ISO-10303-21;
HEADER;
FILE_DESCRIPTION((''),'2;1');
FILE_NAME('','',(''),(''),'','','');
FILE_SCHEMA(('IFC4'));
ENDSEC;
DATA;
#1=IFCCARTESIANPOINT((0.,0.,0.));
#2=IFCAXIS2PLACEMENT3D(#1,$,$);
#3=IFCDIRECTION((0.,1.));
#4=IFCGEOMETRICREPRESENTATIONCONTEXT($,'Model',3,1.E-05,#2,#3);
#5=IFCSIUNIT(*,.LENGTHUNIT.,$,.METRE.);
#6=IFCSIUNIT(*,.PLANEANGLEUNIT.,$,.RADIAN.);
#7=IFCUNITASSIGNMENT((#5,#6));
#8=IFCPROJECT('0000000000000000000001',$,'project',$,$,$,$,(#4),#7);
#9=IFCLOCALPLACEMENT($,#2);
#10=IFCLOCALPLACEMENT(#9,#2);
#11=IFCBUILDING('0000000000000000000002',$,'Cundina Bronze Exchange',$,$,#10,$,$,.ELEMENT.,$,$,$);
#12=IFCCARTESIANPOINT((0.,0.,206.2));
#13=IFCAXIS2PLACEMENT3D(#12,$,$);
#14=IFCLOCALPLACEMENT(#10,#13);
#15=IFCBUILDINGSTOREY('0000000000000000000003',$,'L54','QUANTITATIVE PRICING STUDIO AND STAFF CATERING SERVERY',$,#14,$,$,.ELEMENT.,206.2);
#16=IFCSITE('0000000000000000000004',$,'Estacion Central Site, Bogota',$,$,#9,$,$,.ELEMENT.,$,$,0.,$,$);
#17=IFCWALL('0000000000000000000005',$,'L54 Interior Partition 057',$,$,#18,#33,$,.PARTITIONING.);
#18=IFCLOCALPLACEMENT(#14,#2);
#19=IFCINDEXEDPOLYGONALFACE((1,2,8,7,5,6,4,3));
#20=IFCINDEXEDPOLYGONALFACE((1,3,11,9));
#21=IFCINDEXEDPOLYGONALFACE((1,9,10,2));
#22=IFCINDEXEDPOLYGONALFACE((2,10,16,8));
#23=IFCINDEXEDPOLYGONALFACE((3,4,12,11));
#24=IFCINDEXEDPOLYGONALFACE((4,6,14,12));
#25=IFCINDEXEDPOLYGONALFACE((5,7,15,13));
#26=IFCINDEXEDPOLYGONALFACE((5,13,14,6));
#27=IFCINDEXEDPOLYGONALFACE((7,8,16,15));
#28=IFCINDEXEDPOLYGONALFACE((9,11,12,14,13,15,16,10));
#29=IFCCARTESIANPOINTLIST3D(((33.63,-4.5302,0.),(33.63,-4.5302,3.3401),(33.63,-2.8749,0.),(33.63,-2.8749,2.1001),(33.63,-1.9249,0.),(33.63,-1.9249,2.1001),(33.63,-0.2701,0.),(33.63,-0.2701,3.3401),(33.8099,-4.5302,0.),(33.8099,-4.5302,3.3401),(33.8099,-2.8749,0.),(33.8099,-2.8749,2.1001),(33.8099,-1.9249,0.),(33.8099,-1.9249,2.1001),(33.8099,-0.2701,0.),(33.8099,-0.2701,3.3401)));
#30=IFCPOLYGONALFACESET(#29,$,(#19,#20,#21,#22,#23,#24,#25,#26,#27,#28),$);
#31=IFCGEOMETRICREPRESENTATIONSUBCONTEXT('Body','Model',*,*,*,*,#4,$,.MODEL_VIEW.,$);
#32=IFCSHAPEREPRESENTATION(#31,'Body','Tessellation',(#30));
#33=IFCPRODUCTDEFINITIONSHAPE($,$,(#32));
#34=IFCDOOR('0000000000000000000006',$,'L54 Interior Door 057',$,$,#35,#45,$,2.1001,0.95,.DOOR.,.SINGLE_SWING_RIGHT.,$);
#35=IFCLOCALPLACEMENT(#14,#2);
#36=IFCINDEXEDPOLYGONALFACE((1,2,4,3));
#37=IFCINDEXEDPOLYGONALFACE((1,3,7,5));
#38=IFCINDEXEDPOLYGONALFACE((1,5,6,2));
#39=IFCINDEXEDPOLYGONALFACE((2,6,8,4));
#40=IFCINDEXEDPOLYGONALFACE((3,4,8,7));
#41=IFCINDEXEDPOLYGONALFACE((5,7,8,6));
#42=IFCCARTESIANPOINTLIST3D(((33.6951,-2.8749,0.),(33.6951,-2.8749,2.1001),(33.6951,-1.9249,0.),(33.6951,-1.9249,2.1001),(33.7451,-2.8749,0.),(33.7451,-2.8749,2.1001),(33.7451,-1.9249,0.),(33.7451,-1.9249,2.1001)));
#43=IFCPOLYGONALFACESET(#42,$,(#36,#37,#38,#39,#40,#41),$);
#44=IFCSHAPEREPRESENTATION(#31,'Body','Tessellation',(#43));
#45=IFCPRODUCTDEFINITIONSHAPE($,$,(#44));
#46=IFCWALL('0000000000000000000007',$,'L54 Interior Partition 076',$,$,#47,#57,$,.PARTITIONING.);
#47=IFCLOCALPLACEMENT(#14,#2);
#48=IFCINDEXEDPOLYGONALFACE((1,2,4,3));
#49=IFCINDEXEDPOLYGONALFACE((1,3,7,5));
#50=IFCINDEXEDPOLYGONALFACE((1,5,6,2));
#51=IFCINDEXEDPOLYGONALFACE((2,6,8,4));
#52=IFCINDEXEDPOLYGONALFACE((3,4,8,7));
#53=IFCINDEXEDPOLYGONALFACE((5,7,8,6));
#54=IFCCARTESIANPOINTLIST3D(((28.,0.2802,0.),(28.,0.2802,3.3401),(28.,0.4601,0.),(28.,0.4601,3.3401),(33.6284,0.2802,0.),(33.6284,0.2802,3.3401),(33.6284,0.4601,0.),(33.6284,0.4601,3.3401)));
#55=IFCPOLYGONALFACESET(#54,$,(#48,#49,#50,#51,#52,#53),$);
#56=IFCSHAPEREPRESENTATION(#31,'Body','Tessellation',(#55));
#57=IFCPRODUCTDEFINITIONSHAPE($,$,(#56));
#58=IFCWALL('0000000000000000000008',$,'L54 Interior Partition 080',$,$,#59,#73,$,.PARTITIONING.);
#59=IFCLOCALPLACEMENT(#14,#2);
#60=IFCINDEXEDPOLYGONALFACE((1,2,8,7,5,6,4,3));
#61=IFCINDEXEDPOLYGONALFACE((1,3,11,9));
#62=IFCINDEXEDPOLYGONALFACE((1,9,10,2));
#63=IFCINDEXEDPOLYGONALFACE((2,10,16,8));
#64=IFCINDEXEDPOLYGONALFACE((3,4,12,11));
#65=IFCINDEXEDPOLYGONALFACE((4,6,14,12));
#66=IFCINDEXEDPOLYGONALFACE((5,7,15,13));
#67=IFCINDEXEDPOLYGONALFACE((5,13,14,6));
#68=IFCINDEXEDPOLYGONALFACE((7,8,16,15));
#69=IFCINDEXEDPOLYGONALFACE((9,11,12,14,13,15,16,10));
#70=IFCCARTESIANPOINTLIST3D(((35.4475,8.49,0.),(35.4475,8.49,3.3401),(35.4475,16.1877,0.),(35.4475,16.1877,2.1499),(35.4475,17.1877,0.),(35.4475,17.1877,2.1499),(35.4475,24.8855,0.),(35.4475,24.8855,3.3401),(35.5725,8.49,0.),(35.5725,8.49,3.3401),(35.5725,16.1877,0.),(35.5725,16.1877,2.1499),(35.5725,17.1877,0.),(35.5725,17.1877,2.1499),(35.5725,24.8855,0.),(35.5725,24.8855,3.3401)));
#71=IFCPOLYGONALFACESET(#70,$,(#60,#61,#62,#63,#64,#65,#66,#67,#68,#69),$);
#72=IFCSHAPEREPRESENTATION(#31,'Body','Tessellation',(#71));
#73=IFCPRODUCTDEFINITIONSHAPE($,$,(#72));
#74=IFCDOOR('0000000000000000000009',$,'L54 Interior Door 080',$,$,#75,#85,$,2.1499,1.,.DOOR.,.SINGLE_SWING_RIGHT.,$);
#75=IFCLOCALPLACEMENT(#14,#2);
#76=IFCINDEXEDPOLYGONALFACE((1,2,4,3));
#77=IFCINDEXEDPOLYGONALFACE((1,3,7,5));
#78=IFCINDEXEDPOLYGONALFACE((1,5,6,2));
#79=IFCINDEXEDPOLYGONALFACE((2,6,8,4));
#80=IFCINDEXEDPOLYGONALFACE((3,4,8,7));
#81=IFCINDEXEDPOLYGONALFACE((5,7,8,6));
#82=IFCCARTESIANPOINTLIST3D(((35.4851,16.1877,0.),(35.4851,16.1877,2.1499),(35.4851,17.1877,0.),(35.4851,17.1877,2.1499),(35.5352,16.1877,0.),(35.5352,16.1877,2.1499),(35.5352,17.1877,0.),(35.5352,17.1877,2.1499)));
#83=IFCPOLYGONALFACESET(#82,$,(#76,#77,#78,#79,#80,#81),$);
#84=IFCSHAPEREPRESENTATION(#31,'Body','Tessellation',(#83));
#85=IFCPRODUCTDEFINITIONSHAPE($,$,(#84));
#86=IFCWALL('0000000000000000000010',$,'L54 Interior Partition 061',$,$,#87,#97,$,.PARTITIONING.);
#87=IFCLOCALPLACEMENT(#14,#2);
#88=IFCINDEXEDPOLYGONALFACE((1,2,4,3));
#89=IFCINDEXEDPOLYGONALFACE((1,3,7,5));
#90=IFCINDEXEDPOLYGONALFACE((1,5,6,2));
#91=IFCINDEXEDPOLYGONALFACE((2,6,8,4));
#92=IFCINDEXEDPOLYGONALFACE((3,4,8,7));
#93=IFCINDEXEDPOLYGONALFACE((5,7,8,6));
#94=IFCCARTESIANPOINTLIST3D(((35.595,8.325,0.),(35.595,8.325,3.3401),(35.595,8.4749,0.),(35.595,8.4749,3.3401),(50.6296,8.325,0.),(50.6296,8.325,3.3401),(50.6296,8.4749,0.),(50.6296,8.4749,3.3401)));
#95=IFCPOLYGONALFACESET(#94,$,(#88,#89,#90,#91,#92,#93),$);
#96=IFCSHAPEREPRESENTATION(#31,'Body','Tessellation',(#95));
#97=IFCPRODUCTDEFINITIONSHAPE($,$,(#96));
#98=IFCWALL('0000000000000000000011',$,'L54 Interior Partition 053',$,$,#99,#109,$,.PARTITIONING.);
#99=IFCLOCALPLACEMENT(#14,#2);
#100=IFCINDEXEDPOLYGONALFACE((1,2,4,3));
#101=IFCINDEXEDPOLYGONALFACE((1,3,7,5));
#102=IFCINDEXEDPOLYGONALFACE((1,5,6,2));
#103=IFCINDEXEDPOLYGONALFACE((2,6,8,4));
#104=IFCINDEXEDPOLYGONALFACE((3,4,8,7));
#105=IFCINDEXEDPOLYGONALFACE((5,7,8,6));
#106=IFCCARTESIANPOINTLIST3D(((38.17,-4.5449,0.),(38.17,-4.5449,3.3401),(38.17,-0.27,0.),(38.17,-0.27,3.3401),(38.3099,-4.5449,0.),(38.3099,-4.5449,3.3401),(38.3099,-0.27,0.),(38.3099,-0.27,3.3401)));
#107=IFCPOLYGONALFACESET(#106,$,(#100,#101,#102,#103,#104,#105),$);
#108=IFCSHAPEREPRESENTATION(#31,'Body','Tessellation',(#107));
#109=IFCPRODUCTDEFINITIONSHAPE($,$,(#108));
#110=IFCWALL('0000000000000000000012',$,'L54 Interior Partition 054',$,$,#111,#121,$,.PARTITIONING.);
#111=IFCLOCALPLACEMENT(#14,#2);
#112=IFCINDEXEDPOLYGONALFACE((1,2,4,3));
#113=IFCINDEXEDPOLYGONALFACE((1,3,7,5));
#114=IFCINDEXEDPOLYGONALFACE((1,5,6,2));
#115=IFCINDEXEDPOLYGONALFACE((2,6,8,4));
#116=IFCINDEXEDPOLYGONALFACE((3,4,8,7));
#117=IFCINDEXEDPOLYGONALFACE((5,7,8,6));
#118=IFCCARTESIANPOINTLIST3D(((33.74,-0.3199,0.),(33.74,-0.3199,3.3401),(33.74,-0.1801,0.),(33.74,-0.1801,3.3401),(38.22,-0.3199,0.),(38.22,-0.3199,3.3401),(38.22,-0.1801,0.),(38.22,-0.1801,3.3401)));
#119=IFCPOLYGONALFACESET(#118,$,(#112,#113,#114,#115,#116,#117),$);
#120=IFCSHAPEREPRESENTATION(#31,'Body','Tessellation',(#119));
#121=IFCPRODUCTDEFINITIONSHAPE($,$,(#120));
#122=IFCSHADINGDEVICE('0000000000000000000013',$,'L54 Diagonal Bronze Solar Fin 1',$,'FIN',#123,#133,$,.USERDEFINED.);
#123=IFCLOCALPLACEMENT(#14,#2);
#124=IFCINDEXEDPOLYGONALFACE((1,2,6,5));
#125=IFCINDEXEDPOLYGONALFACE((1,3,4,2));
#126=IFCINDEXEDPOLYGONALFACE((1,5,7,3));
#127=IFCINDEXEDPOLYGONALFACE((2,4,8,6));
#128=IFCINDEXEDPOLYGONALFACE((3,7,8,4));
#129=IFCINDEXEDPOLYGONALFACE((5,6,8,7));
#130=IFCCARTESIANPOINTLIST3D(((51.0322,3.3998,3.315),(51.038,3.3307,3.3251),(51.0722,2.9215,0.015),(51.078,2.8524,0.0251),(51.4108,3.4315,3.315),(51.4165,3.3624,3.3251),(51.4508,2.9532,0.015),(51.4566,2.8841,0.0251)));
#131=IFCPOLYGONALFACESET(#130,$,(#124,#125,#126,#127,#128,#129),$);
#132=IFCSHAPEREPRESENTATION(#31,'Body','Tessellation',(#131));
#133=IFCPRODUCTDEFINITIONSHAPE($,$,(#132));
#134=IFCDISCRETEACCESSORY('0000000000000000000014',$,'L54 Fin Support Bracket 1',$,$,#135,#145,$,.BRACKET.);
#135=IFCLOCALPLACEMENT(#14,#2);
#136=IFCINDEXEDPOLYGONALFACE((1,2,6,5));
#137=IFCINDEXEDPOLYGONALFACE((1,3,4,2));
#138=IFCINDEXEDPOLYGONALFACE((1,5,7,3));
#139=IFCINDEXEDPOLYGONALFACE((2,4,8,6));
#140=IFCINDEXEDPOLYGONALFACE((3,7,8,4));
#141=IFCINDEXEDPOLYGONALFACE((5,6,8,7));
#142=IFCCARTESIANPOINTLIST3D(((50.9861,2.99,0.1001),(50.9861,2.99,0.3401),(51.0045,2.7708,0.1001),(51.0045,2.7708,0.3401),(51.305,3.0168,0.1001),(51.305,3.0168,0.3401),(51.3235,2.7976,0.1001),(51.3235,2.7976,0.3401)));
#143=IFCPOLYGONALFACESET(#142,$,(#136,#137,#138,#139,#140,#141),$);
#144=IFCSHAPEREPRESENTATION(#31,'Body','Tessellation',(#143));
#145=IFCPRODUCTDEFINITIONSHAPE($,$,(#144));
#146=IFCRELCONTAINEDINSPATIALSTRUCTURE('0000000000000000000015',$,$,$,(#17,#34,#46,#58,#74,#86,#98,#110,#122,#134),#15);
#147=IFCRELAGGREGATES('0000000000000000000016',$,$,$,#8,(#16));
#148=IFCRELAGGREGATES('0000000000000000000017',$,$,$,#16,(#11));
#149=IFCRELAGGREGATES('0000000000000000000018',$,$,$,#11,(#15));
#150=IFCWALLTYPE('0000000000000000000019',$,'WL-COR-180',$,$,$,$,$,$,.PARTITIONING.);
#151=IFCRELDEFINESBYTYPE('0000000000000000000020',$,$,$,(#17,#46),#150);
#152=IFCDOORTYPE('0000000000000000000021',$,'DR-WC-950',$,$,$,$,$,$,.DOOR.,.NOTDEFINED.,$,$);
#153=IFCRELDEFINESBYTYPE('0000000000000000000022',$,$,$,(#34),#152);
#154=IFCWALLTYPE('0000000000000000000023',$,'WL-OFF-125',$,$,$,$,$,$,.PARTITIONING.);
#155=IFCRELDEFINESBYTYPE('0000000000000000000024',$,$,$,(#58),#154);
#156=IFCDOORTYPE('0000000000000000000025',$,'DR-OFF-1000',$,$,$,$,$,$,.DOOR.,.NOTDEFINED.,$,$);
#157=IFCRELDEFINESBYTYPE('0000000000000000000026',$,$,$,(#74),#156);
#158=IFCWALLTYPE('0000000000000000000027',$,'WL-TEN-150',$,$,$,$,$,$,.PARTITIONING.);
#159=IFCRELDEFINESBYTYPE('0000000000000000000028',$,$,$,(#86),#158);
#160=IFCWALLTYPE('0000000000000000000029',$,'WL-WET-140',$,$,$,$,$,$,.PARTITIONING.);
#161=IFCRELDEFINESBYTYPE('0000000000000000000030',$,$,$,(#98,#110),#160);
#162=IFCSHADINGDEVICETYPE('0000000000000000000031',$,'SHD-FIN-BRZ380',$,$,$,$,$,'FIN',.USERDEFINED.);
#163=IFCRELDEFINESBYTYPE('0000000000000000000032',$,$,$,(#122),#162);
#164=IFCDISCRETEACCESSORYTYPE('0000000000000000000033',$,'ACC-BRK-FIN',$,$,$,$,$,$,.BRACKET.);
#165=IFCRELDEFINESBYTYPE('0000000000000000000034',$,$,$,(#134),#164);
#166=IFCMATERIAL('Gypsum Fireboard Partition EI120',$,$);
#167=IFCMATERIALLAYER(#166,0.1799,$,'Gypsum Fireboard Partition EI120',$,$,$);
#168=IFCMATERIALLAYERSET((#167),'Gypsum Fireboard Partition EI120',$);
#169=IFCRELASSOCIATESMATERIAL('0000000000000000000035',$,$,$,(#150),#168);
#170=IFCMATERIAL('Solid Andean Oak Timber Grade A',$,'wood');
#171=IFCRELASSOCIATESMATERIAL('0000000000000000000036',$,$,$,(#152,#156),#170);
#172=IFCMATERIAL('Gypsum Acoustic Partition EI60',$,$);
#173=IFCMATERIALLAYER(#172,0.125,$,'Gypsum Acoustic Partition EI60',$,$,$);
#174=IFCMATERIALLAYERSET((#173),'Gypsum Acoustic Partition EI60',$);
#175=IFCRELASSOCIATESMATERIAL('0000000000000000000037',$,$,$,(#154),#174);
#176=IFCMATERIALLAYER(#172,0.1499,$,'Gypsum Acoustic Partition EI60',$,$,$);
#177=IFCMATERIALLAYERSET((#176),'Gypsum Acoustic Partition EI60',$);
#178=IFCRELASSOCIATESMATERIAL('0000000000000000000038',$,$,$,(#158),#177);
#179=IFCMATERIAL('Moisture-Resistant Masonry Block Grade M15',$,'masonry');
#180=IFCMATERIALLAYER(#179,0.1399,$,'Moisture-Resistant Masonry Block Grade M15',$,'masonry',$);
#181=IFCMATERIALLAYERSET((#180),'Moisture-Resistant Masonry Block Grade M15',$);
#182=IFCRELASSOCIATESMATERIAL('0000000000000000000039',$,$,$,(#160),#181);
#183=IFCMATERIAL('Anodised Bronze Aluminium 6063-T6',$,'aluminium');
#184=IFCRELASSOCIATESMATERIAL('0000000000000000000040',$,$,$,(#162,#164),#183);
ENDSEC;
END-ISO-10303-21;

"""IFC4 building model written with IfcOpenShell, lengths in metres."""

from ifc_helpers import new_model, si_unit, direction, frame, frame_2d, origin, origin_2d, place, context, subcontext, project, spatial, rectangle, extrude, material, layer, layer_set, material_profile, profile_set, type_object, element, fill, save


model = new_model("IFC4")

# Units and contexts
model_context = context("Model", 3, precision=1e-05, world=origin(), true_north=direction((0.0, 1.0)))
body_context = subcontext(model_context, "Body", "Model", "MODEL_VIEW")
ifc_project = project(units=[si_unit("LENGTHUNIT", "METRE"), si_unit("PLANEANGLEUNIT", "RADIAN")], contexts=[model_context])

# Site, building, storey
site_placement = place(None, origin())
site = spatial("IfcSite", under=ifc_project, at=site_placement, Name="Estacion Central Site, Bogota", CompositionType="ELEMENT", RefElevation=0.0)
building_placement = place(site_placement, origin())
building = spatial("IfcBuilding", under=site, at=building_placement, Name="Cundina Bronze Exchange", CompositionType="ELEMENT")
storey_placement = place(building_placement, frame((0.0, 0.0, 206.2)))
storey = spatial("IfcBuildingStorey", under=building, at=storey_placement, Name="L54", Description="QUANTITATIVE PRICING STUDIO AND STAFF CATERING SERVERY", CompositionType="ELEMENT", Elevation=206.2)

# Shared definitions
ifc_material_1 = material(Name="Anodised Bronze Aluminium 6063-T6", Category="aluminium")

# Wall, opening, door
ifc_material_2 = material(Name="Gypsum Fireboard Partition EI120")
ifc_layer_1 = layer(ifc_material_2, 0.1799, Name="Gypsum Fireboard Partition EI120")
ifc_layer_set_1 = layer_set([ifc_layer_1], Name="Gypsum Fireboard Partition EI120")
wall_type_1 = type_object("IfcWallType", Name="WL-COR-180", PredefinedType="PARTITIONING", material=ifc_layer_set_1)
wall_1_placement = place(storey_placement, frame((33.72, -4.53, 0.0), z_axis=(0.0, 0.0, 1.0), x_axis=(0.0, 1.0, 0.0)))
wall_1 = element("IfcWall", 1, at=wall_1_placement, inside=storey, type_object=wall_type_1, Name="L54 Interior Partition 057", PredefinedType="PARTITIONING", context=body_context, shape_type="SweptSolid", body=[
    extrude(rectangle(XDim=4.26, YDim=0.1799, at=frame_2d((2.1299, 0.0))), origin(), (0.0, 0.0, 1.0), 3.3401),
])
opening_1_placement = place(wall_1_placement, frame((1.655, 0.0, 0.0)))
opening_1 = element("IfcOpeningElement", 2, at=opening_1_placement, cuts=wall_1, PredefinedType="OPENING", context=body_context, shape_type="SweptSolid", body=[
    extrude(rectangle(XDim=0.95, YDim=2.1001, at=frame_2d((0.4751, 1.05))), frame((0.0, 0.0999, 0.0), z_axis=(0.0, -1.0, 0.0), x_axis=(1.0, 0.0, 0.0)), (0.0, 0.0, 1.0), 0.2),
])
ifc_material_3 = material(Name="Solid Andean Oak Timber Grade A", Category="wood")
door_type_1 = type_object("IfcDoorType", Name="DR-WC-950", OperationType="NOTDEFINED", PredefinedType="DOOR", material=ifc_material_3)
door_1_placement = place(opening_1_placement, origin())
door_1 = element("IfcDoor", 3, at=door_1_placement, inside=storey, type_object=door_type_1, Name="L54 Interior Door 057", OperationType="SINGLE_SWING_RIGHT", OverallHeight=2.1001, OverallWidth=0.95, PredefinedType="DOOR", context=body_context, shape_type="SweptSolid", body=[
    extrude(rectangle(XDim=0.95, YDim=2.1001, at=frame_2d((0.4751, 1.05))), frame((0.0, 0.0249, 0.0), z_axis=(0.0, -1.0, 0.0), x_axis=(1.0, 0.0, 0.0)), (0.0, 0.0, 1.0), 0.05),
])
fill(opening_1, door_1)

# Wall
wall_2_placement = place(storey_placement, frame((33.6284, 0.3701, 0.0), z_axis=(0.0, 0.0, 1.0), x_axis=(-1.0, 0.0, 0.0)))
element("IfcWall", 4, at=wall_2_placement, inside=storey, type_object=wall_type_1, Name="L54 Interior Partition 076", PredefinedType="PARTITIONING", context=body_context, shape_type="SweptSolid", body=[
    extrude(rectangle(XDim=5.6284, YDim=0.1799, at=frame_2d((2.8142, 0.0))), origin(), (0.0, 0.0, 1.0), 3.3401),
])

# Wall, opening, door
ifc_material_4 = material(Name="Gypsum Acoustic Partition EI60")
ifc_layer_2 = layer(ifc_material_4, 0.125, Name="Gypsum Acoustic Partition EI60")
ifc_layer_set_2 = layer_set([ifc_layer_2], Name="Gypsum Acoustic Partition EI60")
wall_type_2 = type_object("IfcWallType", Name="WL-OFF-125", PredefinedType="PARTITIONING", material=ifc_layer_set_2)
wall_3_placement = place(storey_placement, frame((35.51, 8.49, 0.0), z_axis=(0.0, 0.0, 1.0), x_axis=(0.0, 1.0, 0.0)))
wall_3 = element("IfcWall", 5, at=wall_3_placement, inside=storey, type_object=wall_type_2, Name="L54 Interior Partition 080", PredefinedType="PARTITIONING", context=body_context, shape_type="SweptSolid", body=[
    extrude(rectangle(XDim=16.3955, YDim=0.125, at=frame_2d((8.1978, 0.0))), origin(), (0.0, 0.0, 1.0), 3.3401),
])
opening_2_placement = place(wall_3_placement, frame((7.6978, 0.0, 0.0)))
opening_2 = element("IfcOpeningElement", 6, at=opening_2_placement, cuts=wall_3, PredefinedType="OPENING", context=body_context, shape_type="SweptSolid", body=[
    extrude(rectangle(XDim=1.0, YDim=2.1499, at=frame_2d((0.5, 1.075))), frame((0.0, 0.0725, 0.0), z_axis=(0.0, -1.0, 0.0), x_axis=(1.0, 0.0, 0.0)), (0.0, 0.0, 1.0), 0.145),
])
door_type_2 = type_object("IfcDoorType", Name="DR-OFF-1000", OperationType="NOTDEFINED", PredefinedType="DOOR", material=ifc_material_3)
door_2_placement = place(opening_2_placement, origin())
door_2 = element("IfcDoor", 7, at=door_2_placement, inside=storey, type_object=door_type_2, Name="L54 Interior Door 080", OperationType="SINGLE_SWING_RIGHT", OverallHeight=2.1499, OverallWidth=1.0, PredefinedType="DOOR", context=body_context, shape_type="SweptSolid", body=[
    extrude(rectangle(XDim=1.0, YDim=2.1499, at=frame_2d((0.5, 1.075))), frame((0.0, 0.0249, 0.0), z_axis=(0.0, -1.0, 0.0), x_axis=(1.0, 0.0, 0.0)), (0.0, 0.0, 1.0), 0.05),
])
fill(opening_2, door_2)

# Walls
ifc_layer_3 = layer(ifc_material_4, 0.1499, Name="Gypsum Acoustic Partition EI60")
ifc_layer_set_3 = layer_set([ifc_layer_3], Name="Gypsum Acoustic Partition EI60")
wall_type_3 = type_object("IfcWallType", Name="WL-TEN-150", PredefinedType="PARTITIONING", material=ifc_layer_set_3)
wall_4_placement = place(storey_placement, frame((35.595, 8.3999, 0.0), z_axis=(0.0, 0.0, 1.0), x_axis=(1.0, 0.0, 0.0)))
element("IfcWall", 8, at=wall_4_placement, inside=storey, type_object=wall_type_3, Name="L54 Interior Partition 061", PredefinedType="PARTITIONING", context=body_context, shape_type="SweptSolid", body=[
    extrude(rectangle(XDim=15.0347, YDim=0.1499, at=frame_2d((7.5173, 0.0))), origin(), (0.0, 0.0, 1.0), 3.3401),
])
ifc_material_5 = material(Name="Moisture-Resistant Masonry Block Grade M15", Category="masonry")
ifc_layer_4 = layer(ifc_material_5, 0.1399, Name="Moisture-Resistant Masonry Block Grade M15", Category="masonry")
ifc_layer_set_4 = layer_set([ifc_layer_4], Name="Moisture-Resistant Masonry Block Grade M15")
wall_type_4 = type_object("IfcWallType", Name="WL-WET-140", PredefinedType="PARTITIONING", material=ifc_layer_set_4)
wall_5_placement = place(storey_placement, frame((38.24, -4.5449, 0.0), z_axis=(0.0, 0.0, 1.0), x_axis=(0.0, 1.0, 0.0)))
element("IfcWall", 9, at=wall_5_placement, inside=storey, type_object=wall_type_4, Name="L54 Interior Partition 053", PredefinedType="PARTITIONING", context=body_context, shape_type="SweptSolid", body=[
    extrude(rectangle(XDim=4.2749, YDim=0.1399, at=frame_2d((2.1375, 0.0))), origin(), (0.0, 0.0, 1.0), 3.3401),
])
wall_6_placement = place(storey_placement, frame((33.74, -0.25, 0.0), z_axis=(0.0, 0.0, 1.0), x_axis=(1.0, 0.0, 0.0)))
element("IfcWall", 10, at=wall_6_placement, inside=storey, type_object=wall_type_4, Name="L54 Interior Partition 054", PredefinedType="PARTITIONING", context=body_context, shape_type="SweptSolid", body=[
    extrude(rectangle(XDim=4.48, YDim=0.1399, at=frame_2d((2.24, 0.0))), origin(), (0.0, 0.0, 1.0), 3.3401),
])

# Shading device
ifc_material_profile_1 = material_profile(ifc_material_1, rectangle(XDim=0.0701, YDim=0.3799, at=origin_2d()), Name="FIN70X380", Category="aluminium")
ifc_profile_set_1 = profile_set([ifc_material_profile_1], Name="Anodised Bronze Aluminium 6063-T6")
shading_device_type = type_object("IfcShadingDeviceType", Name="SHD-FIN-BRZ380", ElementType="FIN", PredefinedType="USERDEFINED", material=ifc_profile_set_1)
shading_device_placement = place(storey_placement, frame((51.2644, 2.9028, 0.02), z_axis=(-0.012007, 0.14342, 0.989589), x_axis=(0.082556, -0.98614, 0.143921)))
element("IfcShadingDevice", 11, at=shading_device_placement, inside=storey, type_object=shading_device_type, Name="L54 Diagonal Bronze Solar Fin 1", ObjectType="FIN", PredefinedType="USERDEFINED", context=body_context, shape_type="SweptSolid", body=[
    extrude(rectangle(XDim=0.0701, YDim=0.3799, at=origin_2d()), origin(), (0.0, 0.0, 1.0), 3.3347),
])

# Discrete accessory
discrete_accessory_type = type_object("IfcDiscreteAccessoryType", Name="ACC-BRK-FIN", PredefinedType="BRACKET", material=ifc_material_1)
discrete_accessory_placement = place(storey_placement, frame((51.1548, 2.8938, 0.1001), z_axis=(0.0, 0.0, 1.0), x_axis=(-0.083747, 0.996487, 0.0)))
element("IfcDiscreteAccessory", 12, at=discrete_accessory_placement, inside=storey, type_object=discrete_accessory_type, Name="L54 Fin Support Bracket 1", PredefinedType="BRACKET", context=body_context, shape_type="SweptSolid", body=[
    extrude(rectangle(XDim=0.22, YDim=0.3201, at=origin_2d()), origin(), (0.0, 0.0, 1.0), 0.24),
])

save(model, "model.ifc")
